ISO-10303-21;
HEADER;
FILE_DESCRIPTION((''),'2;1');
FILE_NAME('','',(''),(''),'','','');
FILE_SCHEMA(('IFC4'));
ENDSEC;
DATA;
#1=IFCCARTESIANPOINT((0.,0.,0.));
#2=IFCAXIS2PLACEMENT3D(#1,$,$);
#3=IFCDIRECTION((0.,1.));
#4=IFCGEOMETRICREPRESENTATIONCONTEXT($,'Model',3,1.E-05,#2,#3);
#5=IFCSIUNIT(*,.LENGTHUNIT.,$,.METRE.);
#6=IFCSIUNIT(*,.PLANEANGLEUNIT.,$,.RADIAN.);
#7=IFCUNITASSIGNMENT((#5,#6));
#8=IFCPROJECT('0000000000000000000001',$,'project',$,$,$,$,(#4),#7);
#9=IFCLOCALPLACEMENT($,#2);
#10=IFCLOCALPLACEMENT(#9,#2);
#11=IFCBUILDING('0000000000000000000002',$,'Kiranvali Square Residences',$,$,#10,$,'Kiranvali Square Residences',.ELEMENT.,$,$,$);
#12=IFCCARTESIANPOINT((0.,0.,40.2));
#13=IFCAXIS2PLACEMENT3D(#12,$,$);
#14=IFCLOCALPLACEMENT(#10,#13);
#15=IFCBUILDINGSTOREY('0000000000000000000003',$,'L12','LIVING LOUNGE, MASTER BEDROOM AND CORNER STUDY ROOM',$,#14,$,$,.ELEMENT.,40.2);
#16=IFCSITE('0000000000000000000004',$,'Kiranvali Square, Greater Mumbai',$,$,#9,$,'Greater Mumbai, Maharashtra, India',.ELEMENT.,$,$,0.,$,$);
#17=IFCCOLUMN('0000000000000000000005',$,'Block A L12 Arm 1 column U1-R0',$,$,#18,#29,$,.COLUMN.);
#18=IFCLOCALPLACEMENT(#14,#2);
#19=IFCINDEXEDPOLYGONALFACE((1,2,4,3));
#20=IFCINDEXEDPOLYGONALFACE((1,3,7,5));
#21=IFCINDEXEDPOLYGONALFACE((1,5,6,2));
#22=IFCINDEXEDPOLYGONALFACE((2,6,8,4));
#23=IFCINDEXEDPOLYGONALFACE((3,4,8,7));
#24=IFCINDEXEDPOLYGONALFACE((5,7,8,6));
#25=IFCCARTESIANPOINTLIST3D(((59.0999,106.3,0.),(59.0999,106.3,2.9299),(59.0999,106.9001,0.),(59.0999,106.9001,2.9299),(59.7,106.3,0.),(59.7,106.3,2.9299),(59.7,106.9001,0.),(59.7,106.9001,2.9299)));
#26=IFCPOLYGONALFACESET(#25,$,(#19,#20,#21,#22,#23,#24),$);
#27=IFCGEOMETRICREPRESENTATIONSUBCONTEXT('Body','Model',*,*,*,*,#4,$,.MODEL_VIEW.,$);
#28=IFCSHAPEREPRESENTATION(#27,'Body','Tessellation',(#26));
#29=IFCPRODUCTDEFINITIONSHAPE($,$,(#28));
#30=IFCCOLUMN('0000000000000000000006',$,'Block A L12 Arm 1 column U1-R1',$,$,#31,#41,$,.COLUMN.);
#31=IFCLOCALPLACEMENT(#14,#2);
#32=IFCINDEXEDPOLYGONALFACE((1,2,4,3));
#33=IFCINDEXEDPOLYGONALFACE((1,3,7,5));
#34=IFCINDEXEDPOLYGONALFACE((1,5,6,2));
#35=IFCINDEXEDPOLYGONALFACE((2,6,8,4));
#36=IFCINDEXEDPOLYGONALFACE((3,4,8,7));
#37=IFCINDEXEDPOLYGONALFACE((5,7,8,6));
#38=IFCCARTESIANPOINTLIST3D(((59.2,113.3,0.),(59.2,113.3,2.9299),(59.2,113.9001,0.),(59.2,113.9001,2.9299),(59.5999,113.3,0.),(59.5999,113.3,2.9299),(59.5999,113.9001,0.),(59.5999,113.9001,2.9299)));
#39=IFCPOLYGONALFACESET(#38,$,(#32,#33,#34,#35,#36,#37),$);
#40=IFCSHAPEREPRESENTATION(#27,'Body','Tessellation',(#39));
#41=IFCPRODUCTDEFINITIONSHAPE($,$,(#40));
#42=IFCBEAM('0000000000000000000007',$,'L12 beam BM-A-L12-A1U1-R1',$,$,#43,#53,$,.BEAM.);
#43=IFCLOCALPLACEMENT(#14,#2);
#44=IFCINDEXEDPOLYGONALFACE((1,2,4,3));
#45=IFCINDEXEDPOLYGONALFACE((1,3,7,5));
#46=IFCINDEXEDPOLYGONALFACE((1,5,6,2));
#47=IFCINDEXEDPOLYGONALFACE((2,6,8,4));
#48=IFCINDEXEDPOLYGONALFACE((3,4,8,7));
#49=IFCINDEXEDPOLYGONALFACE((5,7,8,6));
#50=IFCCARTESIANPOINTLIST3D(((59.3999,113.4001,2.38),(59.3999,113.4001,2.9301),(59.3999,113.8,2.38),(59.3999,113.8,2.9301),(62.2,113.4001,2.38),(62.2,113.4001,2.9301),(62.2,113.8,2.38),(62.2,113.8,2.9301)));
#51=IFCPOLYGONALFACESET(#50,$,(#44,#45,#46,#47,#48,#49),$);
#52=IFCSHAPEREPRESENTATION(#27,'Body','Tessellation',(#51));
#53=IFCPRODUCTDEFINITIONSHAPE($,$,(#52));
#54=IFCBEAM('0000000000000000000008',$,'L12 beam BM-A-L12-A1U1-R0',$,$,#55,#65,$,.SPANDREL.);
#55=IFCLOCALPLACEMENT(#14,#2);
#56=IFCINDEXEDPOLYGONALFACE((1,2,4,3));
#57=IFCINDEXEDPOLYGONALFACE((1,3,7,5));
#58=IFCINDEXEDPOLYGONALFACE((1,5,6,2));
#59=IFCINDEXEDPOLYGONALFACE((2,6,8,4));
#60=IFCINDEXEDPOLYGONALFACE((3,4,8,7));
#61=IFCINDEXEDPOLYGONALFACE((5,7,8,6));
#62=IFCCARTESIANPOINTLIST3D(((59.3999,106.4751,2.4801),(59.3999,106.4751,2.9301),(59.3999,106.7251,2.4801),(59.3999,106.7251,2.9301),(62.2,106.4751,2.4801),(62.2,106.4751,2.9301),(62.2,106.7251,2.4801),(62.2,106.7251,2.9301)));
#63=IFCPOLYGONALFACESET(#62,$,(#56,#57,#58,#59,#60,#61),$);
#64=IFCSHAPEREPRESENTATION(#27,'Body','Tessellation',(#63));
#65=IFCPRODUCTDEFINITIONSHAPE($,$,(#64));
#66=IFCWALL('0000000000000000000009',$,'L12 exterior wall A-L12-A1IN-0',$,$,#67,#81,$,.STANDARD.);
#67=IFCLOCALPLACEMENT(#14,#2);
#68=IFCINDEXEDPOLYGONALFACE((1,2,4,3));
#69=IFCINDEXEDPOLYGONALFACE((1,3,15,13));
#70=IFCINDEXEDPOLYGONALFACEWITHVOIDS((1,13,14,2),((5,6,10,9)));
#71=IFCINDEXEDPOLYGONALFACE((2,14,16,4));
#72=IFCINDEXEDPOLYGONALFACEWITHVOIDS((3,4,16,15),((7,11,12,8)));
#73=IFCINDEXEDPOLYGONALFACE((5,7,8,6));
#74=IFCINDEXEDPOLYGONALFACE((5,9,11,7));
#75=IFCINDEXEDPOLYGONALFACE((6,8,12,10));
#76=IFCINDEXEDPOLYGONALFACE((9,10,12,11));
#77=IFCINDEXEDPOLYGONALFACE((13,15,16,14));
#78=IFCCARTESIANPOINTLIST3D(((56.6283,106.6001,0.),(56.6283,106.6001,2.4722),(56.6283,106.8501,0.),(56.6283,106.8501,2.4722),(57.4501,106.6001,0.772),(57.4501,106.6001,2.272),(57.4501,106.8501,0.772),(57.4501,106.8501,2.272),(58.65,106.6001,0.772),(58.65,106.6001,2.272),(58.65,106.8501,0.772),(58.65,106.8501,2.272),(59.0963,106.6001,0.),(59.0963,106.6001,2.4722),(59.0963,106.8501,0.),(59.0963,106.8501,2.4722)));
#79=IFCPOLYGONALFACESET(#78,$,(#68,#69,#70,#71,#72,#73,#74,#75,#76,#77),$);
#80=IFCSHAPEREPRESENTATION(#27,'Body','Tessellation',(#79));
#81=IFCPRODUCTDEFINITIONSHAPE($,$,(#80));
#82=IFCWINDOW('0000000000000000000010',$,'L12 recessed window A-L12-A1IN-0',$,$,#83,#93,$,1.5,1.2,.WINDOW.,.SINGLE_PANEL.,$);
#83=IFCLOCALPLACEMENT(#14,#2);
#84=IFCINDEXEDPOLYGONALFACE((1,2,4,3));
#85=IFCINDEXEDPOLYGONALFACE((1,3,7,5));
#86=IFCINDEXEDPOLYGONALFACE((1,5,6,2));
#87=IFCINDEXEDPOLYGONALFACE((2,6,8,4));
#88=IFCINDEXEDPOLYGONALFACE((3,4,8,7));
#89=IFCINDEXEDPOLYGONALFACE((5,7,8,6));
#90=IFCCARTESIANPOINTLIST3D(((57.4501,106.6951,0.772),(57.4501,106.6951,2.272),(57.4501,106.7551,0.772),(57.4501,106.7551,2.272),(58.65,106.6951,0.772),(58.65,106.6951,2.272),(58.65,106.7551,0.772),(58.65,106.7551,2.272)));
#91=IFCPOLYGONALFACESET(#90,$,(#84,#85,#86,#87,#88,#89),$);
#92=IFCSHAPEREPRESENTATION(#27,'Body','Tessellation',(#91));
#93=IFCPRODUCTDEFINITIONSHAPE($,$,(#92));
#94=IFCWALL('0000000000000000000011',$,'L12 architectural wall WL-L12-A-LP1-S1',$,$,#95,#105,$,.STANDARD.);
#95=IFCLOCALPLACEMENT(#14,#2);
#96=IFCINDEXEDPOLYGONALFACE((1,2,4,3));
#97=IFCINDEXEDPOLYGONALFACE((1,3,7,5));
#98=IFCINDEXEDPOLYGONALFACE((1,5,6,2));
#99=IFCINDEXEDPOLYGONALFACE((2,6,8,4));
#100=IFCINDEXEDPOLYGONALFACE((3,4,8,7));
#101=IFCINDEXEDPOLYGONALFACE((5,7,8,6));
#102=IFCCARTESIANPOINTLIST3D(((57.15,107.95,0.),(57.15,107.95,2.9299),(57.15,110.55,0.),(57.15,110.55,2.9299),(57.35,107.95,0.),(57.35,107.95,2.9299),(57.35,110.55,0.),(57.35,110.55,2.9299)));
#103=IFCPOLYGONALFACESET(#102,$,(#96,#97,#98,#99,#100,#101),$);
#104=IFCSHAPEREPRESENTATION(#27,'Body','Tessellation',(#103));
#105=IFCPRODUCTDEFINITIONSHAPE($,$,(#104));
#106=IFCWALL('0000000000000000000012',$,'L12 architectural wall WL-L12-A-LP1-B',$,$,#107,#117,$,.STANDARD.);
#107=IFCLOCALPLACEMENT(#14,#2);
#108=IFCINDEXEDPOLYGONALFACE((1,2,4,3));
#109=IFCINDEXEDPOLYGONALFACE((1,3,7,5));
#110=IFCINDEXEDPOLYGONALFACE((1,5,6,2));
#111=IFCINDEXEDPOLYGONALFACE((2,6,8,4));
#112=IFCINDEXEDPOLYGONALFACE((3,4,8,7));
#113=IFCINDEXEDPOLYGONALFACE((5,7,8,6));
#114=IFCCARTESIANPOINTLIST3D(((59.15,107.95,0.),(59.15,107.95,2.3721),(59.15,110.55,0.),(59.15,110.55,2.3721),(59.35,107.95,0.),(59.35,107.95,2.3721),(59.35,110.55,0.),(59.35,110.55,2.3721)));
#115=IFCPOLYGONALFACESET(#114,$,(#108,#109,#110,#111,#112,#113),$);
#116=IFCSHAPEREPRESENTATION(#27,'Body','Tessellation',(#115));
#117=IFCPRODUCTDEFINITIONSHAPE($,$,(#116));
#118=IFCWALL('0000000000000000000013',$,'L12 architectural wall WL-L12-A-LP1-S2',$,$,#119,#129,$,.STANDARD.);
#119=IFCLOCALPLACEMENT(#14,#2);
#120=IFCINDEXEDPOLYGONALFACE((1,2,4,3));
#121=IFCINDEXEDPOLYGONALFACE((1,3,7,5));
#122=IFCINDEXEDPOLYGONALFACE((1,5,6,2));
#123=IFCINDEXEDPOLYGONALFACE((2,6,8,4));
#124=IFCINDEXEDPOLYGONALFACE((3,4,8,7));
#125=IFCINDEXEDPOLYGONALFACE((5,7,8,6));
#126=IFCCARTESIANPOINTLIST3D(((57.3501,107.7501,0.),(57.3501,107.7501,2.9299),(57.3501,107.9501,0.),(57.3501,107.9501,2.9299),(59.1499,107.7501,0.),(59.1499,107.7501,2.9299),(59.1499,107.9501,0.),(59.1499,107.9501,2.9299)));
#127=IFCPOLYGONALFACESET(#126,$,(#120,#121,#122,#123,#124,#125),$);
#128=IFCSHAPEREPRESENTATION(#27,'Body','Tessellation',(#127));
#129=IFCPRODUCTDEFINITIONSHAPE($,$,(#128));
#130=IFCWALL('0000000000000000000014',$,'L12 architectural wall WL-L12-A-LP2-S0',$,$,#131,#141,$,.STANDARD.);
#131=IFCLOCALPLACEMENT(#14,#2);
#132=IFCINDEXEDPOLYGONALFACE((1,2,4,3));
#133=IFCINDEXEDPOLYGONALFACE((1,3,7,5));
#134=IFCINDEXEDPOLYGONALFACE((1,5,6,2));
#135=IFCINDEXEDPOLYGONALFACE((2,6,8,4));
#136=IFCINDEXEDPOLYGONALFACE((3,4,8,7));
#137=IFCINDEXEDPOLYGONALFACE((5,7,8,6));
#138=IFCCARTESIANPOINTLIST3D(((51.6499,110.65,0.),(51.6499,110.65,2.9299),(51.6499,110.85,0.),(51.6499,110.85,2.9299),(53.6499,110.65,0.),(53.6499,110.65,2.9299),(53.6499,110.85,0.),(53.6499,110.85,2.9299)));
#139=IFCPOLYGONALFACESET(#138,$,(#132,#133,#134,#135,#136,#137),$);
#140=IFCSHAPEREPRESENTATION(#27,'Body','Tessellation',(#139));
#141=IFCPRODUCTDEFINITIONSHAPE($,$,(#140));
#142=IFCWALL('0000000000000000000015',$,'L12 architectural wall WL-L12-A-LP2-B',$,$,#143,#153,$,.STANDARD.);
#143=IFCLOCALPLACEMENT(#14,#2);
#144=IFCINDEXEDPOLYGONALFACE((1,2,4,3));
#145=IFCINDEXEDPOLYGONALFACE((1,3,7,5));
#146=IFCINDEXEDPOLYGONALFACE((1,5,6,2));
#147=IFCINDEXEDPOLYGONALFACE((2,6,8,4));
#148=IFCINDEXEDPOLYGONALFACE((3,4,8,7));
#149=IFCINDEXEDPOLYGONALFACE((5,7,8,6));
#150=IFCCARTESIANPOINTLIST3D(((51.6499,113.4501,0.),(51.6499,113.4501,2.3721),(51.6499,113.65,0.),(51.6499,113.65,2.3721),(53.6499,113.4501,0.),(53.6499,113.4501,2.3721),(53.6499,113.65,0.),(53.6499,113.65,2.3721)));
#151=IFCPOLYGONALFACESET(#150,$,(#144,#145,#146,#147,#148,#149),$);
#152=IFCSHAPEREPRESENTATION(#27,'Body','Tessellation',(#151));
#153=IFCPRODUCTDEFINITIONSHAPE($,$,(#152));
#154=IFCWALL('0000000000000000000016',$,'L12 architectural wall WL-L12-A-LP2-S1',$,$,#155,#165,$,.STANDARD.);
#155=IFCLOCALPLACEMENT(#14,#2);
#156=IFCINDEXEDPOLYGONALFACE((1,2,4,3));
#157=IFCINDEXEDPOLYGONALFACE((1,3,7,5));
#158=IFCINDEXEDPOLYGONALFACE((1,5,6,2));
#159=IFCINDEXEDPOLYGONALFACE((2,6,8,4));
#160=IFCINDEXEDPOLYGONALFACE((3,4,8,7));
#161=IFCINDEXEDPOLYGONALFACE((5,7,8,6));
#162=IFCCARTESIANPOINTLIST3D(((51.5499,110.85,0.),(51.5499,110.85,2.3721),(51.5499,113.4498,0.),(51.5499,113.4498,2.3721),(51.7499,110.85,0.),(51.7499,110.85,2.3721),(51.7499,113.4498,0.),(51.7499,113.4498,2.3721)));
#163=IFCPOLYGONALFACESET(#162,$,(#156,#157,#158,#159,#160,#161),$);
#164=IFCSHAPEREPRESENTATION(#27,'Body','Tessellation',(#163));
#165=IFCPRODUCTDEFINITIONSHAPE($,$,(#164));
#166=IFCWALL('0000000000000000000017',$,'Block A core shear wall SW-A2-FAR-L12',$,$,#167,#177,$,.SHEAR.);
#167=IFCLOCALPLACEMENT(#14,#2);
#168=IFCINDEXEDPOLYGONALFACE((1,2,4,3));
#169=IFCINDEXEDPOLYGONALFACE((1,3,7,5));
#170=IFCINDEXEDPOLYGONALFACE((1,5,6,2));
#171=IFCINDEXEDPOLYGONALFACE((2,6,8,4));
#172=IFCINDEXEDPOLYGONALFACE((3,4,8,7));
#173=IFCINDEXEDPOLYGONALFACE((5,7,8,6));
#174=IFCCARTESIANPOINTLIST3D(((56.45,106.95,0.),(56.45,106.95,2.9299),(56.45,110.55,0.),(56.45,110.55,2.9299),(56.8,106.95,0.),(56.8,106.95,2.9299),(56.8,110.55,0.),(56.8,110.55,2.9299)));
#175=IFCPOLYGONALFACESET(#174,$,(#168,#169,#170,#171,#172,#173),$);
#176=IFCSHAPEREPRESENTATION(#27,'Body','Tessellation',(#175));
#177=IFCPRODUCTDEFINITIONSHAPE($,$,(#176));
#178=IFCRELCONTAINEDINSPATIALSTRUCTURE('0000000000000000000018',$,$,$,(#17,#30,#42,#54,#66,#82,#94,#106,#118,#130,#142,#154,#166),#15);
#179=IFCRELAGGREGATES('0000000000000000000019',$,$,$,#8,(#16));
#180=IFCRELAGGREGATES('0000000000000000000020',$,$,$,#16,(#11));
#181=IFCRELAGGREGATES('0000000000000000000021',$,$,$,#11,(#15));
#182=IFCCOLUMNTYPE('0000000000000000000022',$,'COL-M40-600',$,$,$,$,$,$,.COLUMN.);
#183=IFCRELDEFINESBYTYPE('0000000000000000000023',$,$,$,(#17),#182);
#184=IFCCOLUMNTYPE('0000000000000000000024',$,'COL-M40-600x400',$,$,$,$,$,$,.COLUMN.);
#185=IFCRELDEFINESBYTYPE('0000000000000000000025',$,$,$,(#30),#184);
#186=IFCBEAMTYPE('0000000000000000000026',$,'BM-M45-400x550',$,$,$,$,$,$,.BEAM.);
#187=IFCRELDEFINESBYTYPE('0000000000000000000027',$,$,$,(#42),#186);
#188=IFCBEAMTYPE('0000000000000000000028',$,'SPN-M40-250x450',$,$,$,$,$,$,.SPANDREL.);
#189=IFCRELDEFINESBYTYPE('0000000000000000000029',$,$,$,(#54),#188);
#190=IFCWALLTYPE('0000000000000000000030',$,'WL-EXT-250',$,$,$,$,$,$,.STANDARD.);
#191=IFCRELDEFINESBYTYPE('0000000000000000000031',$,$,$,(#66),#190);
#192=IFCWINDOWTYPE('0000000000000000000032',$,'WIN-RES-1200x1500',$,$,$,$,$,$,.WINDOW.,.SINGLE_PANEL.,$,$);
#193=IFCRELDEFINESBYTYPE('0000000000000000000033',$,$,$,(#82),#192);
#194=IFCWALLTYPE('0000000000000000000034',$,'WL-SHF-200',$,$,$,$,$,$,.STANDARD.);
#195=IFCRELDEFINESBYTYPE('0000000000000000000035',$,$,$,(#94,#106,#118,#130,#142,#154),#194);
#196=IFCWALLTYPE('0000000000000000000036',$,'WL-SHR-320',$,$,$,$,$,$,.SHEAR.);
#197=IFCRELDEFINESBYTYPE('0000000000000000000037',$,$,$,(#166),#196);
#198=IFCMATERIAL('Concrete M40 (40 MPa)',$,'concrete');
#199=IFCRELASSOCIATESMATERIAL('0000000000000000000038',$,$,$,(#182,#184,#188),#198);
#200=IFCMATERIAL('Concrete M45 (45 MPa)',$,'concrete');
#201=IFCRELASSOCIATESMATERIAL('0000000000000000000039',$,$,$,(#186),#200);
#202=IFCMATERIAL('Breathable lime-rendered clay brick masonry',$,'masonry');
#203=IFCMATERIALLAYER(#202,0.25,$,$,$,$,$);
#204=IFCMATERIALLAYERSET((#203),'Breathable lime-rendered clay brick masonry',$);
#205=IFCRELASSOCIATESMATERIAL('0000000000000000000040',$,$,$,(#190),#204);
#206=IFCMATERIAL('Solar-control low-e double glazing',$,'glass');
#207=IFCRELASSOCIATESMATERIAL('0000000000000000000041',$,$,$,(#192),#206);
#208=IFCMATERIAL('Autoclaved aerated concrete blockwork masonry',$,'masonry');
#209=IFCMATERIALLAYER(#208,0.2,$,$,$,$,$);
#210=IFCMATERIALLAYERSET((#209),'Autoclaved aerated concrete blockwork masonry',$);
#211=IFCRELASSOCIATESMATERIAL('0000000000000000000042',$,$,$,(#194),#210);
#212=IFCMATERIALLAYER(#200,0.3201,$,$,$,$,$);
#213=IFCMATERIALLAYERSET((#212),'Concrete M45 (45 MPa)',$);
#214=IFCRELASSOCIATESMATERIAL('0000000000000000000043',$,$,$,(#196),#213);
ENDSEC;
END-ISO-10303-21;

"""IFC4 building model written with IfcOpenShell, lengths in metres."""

from ifc_helpers import new_model, si_unit, direction, frame, frame_2d, origin, origin_2d, place, context, subcontext, project, spatial, rectangle, extrude, material, layer, layer_set, material_profile, profile_set, type_object, element, fill, save


model = new_model("IFC4")

# Units and contexts
model_context = context("Model", 3, precision=1e-05, world=origin(), true_north=direction((0.0, 1.0)))
body_context = subcontext(model_context, "Body", "Model", "MODEL_VIEW")
ifc_project = project(units=[si_unit("LENGTHUNIT", "METRE"), si_unit("PLANEANGLEUNIT", "RADIAN")], contexts=[model_context])

# Site, building, storey
site_placement = place(None, origin())
site = spatial("IfcSite", under=ifc_project, at=site_placement, Name="Kiranvali Square, Greater Mumbai", LongName="Greater Mumbai, Maharashtra, India", CompositionType="ELEMENT", RefElevation=0.0)
building_placement = place(site_placement, origin())
building = spatial("IfcBuilding", under=site, at=building_placement, Name="Kiranvali Square Residences", LongName="Kiranvali Square Residences", CompositionType="ELEMENT")
storey_placement = place(building_placement, frame((0.0, 0.0, 40.2)))
storey = spatial("IfcBuildingStorey", under=building, at=storey_placement, Name="L12", Description="LIVING LOUNGE, MASTER BEDROOM AND CORNER STUDY ROOM", CompositionType="ELEMENT", Elevation=40.2)

# Columns
ifc_material_1 = material(Name="Concrete M40 (40 MPa)", Category="concrete")
ifc_material_profile_1 = material_profile(ifc_material_1, rectangle(XDim=0.6001, YDim=0.6001, at=origin_2d()), Name="RC 600x600")
ifc_profile_set_1 = profile_set([ifc_material_profile_1], Name="Concrete M40 (40 MPa)")
column_type_1 = type_object("IfcColumnType", Name="COL-M40-600", PredefinedType="COLUMN", material=ifc_profile_set_1)
column_1_placement = place(storey_placement, frame((59.3999, 106.6001, 0.0), z_axis=(0.0, 0.0, 1.0), x_axis=(1.0, 0.0, 0.0)))
element("IfcColumn", 1, at=column_1_placement, inside=storey, type_object=column_type_1, Name="Block A L12 Arm 1 column U1-R0", PredefinedType="COLUMN", context=body_context, shape_type="SweptSolid", body=[
    extrude(rectangle(XDim=0.6001, YDim=0.6001, at=origin_2d()), origin(), (0.0, 0.0, 1.0), 2.9299),
])
ifc_material_profile_2 = material_profile(ifc_material_1, rectangle(XDim=0.3999, YDim=0.6001, at=origin_2d()), Name="RC 600x400")
ifc_profile_set_2 = profile_set([ifc_material_profile_2], Name="Concrete M40 (40 MPa)")
column_type_2 = type_object("IfcColumnType", Name="COL-M40-600x400", PredefinedType="COLUMN", material=ifc_profile_set_2)
column_2_placement = place(storey_placement, frame((59.3999, 113.6001, 0.0), z_axis=(0.0, 0.0, 1.0), x_axis=(1.0, 0.0, 0.0)))
element("IfcColumn", 2, at=column_2_placement, inside=storey, type_object=column_type_2, Name="Block A L12 Arm 1 column U1-R1", PredefinedType="COLUMN", context=body_context, shape_type="SweptSolid", body=[
    extrude(rectangle(XDim=0.3999, YDim=0.6001, at=origin_2d()), origin(), (0.0, 0.0, 1.0), 2.9299),
])

# Beams
ifc_material_2 = material(Name="Concrete M45 (45 MPa)", Category="concrete")
ifc_material_profile_3 = material_profile(ifc_material_2, rectangle(XDim=0.3999, YDim=0.55, at=origin_2d()), Name="RC 400x550")
ifc_profile_set_3 = profile_set([ifc_material_profile_3], Name="Concrete M45 (45 MPa)")
beam_type_1 = type_object("IfcBeamType", Name="BM-M45-400x550", PredefinedType="BEAM", material=ifc_profile_set_3)
beam_1_placement = place(storey_placement, frame((59.3999, 113.6001, 2.655), z_axis=(1.0, 0.0, 0.0), x_axis=(0.0, 1.0, 0.0)))
element("IfcBeam", 3, at=beam_1_placement, inside=storey, type_object=beam_type_1, Name="L12 beam BM-A-L12-A1U1-R1", PredefinedType="BEAM", context=body_context, shape_type="SweptSolid", body=[
    extrude(rectangle(XDim=0.3999, YDim=0.55, at=origin_2d()), origin(), (0.0, 0.0, 1.0), 2.8),
])
ifc_material_profile_4 = material_profile(ifc_material_1, rectangle(XDim=0.25, YDim=0.45, at=origin_2d()), Name="RC 250x450")
ifc_profile_set_4 = profile_set([ifc_material_profile_4], Name="Concrete M40 (40 MPa)")
beam_type_2 = type_object("IfcBeamType", Name="SPN-M40-250x450", PredefinedType="SPANDREL", material=ifc_profile_set_4)
beam_2_placement = place(storey_placement, frame((59.3999, 106.6001, 2.7051), z_axis=(1.0, 0.0, 0.0), x_axis=(0.0, 1.0, 0.0)))
element("IfcBeam", 4, at=beam_2_placement, inside=storey, type_object=beam_type_2, Name="L12 beam BM-A-L12-A1U1-R0", PredefinedType="SPANDREL", context=body_context, shape_type="SweptSolid", body=[
    extrude(rectangle(XDim=0.25, YDim=0.45, at=origin_2d()), origin(), (0.0, 0.0, 1.0), 2.8),
])

# Shared definitions
ifc_material_3 = material(Name="Autoclaved aerated concrete blockwork masonry", Category="masonry")

# Wall, opening, window
ifc_material_4 = material(Name="Breathable lime-rendered clay brick masonry", Category="masonry")
ifc_layer_1 = layer(ifc_material_4, 0.25)
ifc_layer_set_1 = layer_set([ifc_layer_1], Name="Breathable lime-rendered clay brick masonry")
wall_type_1 = type_object("IfcWallType", Name="WL-EXT-250", PredefinedType="STANDARD", material=ifc_layer_set_1)
wall_1_placement = place(storey_placement, frame((56.6284, 106.7251, 0.0), z_axis=(0.0, 0.0, 1.0), x_axis=(1.0, 0.0, 0.0)))
wall_1 = element("IfcWall", 5, at=wall_1_placement, inside=storey, type_object=wall_type_1, Name="L12 exterior wall A-L12-A1IN-0", PredefinedType="STANDARD", context=body_context, shape_type="SweptSolid", body=[
    extrude(rectangle(XDim=2.468, YDim=0.25, at=frame_2d((1.2339, 0.0))), origin(), (0.0, 0.0, 1.0), 2.4722),
])
opening_1_placement = place(wall_1_placement, frame((0.8215, 0.0, 0.772)))
opening_1 = element("IfcOpeningElement", 6, at=opening_1_placement, cuts=wall_1, PredefinedType="OPENING", context=body_context, shape_type="SweptSolid", body=[
    extrude(rectangle(XDim=1.2, YDim=1.5, at=frame_2d((0.6001, 0.75))), frame((0.0, 0.135, 0.0), z_axis=(0.0, -1.0, 0.0), x_axis=(1.0, 0.0, 0.0)), (0.0, 0.0, 1.0), 0.27),
])
ifc_material_5 = material(Name="Solar-control low-e double glazing", Category="glass")
window_type = type_object("IfcWindowType", Name="WIN-RES-1200x1500", PartitioningType="SINGLE_PANEL", PredefinedType="WINDOW", material=ifc_material_5)
window_placement = place(opening_1_placement, origin())
window = element("IfcWindow", 7, at=window_placement, inside=storey, type_object=window_type, Name="L12 recessed window A-L12-A1IN-0", OverallHeight=1.5, OverallWidth=1.2, PartitioningType="SINGLE_PANEL", PredefinedType="WINDOW", context=body_context, shape_type="SweptSolid", body=[
    extrude(rectangle(XDim=1.2, YDim=1.5, at=frame_2d((0.6001, 0.75))), frame((0.0, 0.03, 0.0), z_axis=(0.0, -1.0, 0.0), x_axis=(1.0, 0.0, 0.0)), (0.0, 0.0, 1.0), 0.0601),
])
fill(opening_1, window)

# Walls
ifc_layer_2 = layer(ifc_material_3, 0.2)
ifc_layer_set_2 = layer_set([ifc_layer_2], Name="Autoclaved aerated concrete blockwork masonry")
wall_type_2 = type_object("IfcWallType", Name="WL-SHF-200", PredefinedType="STANDARD", material=ifc_layer_set_2)
wall_2_placement = place(storey_placement, frame((57.25, 107.95, 0.0), z_axis=(0.0, 0.0, 1.0), x_axis=(0.0, 1.0, 0.0)))
element("IfcWall", 8, at=wall_2_placement, inside=storey, type_object=wall_type_2, Name="L12 architectural wall WL-L12-A-LP1-S1", PredefinedType="STANDARD", context=body_context, shape_type="SweptSolid", body=[
    extrude(rectangle(XDim=2.6001, YDim=0.2, at=frame_2d((1.3, 0.0))), origin(), (0.0, 0.0, 1.0), 2.9299),
])
wall_3_placement = place(storey_placement, frame((59.25, 107.95, 0.0), z_axis=(0.0, 0.0, 1.0), x_axis=(0.0, 1.0, 0.0)))
element("IfcWall", 9, at=wall_3_placement, inside=storey, type_object=wall_type_2, Name="L12 architectural wall WL-L12-A-LP1-B", PredefinedType="STANDARD", context=body_context, shape_type="SweptSolid", body=[
    extrude(rectangle(XDim=2.6001, YDim=0.2, at=frame_2d((1.3, 0.0))), origin(), (0.0, 0.0, 1.0), 2.3721),
])
wall_4_placement = place(storey_placement, frame((57.3501, 107.8501, 0.0), z_axis=(0.0, 0.0, 1.0), x_axis=(1.0, 0.0, 0.0)))
element("IfcWall", 10, at=wall_4_placement, inside=storey, type_object=wall_type_2, Name="L12 architectural wall WL-L12-A-LP1-S2", PredefinedType="STANDARD", context=body_context, shape_type="SweptSolid", body=[
    extrude(rectangle(XDim=1.7998, YDim=0.2, at=frame_2d((0.8999, 0.0))), origin(), (0.0, 0.0, 1.0), 2.9299),
])

# Walls
wall_5_placement = place(storey_placement, frame((51.6499, 110.75, 0.0), z_axis=(0.0, 0.0, 1.0), x_axis=(1.0, 0.0, 0.0)))
element("IfcWall", 11, at=wall_5_placement, inside=storey, type_object=wall_type_2, Name="L12 architectural wall WL-L12-A-LP2-S0", PredefinedType="STANDARD", context=body_context, shape_type="SweptSolid", body=[
    extrude(rectangle(XDim=2.0, YDim=0.2, at=frame_2d((1.0, 0.0))), origin(), (0.0, 0.0, 1.0), 2.9299),
])
wall_6_placement = place(storey_placement, frame((51.6499, 113.55, 0.0), z_axis=(0.0, 0.0, 1.0), x_axis=(1.0, 0.0, 0.0)))
element("IfcWall", 12, at=wall_6_placement, inside=storey, type_object=wall_type_2, Name="L12 architectural wall WL-L12-A-LP2-B", PredefinedType="STANDARD", context=body_context, shape_type="SweptSolid", body=[
    extrude(rectangle(XDim=2.0, YDim=0.2, at=frame_2d((1.0, 0.0))), origin(), (0.0, 0.0, 1.0), 2.3721),
])
wall_7_placement = place(storey_placement, frame((51.6499, 110.8501, 0.0), z_axis=(0.0, 0.0, 1.0), x_axis=(0.0, 1.0, 0.0)))
element("IfcWall", 13, at=wall_7_placement, inside=storey, type_object=wall_type_2, Name="L12 architectural wall WL-L12-A-LP2-S1", PredefinedType="STANDARD", context=body_context, shape_type="SweptSolid", body=[
    extrude(rectangle(XDim=2.5999, YDim=0.2, at=frame_2d((1.2998, 0.0))), origin(), (0.0, 0.0, 1.0), 2.3721),
])

# Wall
ifc_layer_3 = layer(ifc_material_2, 0.3201)
ifc_layer_set_3 = layer_set([ifc_layer_3], Name="Concrete M45 (45 MPa)")
wall_type_3 = type_object("IfcWallType", Name="WL-SHR-320", PredefinedType="SHEAR", material=ifc_layer_set_3)
wall_8_placement = place(storey_placement, frame((56.625, 106.95, 0.0), z_axis=(0.0, 0.0, 1.0), x_axis=(0.0, 1.0, 0.0)))
element("IfcWall", 14, at=wall_8_placement, inside=storey, type_object=wall_type_3, Name="Block A core shear wall SW-A2-FAR-L12", PredefinedType="SHEAR", context=body_context, shape_type="SweptSolid", body=[
    extrude(rectangle(XDim=3.6001, YDim=0.3501, at=frame_2d((1.8, 0.0))), origin(), (0.0, 0.0, 1.0), 2.9299),
])

save(model, "model.ifc")
